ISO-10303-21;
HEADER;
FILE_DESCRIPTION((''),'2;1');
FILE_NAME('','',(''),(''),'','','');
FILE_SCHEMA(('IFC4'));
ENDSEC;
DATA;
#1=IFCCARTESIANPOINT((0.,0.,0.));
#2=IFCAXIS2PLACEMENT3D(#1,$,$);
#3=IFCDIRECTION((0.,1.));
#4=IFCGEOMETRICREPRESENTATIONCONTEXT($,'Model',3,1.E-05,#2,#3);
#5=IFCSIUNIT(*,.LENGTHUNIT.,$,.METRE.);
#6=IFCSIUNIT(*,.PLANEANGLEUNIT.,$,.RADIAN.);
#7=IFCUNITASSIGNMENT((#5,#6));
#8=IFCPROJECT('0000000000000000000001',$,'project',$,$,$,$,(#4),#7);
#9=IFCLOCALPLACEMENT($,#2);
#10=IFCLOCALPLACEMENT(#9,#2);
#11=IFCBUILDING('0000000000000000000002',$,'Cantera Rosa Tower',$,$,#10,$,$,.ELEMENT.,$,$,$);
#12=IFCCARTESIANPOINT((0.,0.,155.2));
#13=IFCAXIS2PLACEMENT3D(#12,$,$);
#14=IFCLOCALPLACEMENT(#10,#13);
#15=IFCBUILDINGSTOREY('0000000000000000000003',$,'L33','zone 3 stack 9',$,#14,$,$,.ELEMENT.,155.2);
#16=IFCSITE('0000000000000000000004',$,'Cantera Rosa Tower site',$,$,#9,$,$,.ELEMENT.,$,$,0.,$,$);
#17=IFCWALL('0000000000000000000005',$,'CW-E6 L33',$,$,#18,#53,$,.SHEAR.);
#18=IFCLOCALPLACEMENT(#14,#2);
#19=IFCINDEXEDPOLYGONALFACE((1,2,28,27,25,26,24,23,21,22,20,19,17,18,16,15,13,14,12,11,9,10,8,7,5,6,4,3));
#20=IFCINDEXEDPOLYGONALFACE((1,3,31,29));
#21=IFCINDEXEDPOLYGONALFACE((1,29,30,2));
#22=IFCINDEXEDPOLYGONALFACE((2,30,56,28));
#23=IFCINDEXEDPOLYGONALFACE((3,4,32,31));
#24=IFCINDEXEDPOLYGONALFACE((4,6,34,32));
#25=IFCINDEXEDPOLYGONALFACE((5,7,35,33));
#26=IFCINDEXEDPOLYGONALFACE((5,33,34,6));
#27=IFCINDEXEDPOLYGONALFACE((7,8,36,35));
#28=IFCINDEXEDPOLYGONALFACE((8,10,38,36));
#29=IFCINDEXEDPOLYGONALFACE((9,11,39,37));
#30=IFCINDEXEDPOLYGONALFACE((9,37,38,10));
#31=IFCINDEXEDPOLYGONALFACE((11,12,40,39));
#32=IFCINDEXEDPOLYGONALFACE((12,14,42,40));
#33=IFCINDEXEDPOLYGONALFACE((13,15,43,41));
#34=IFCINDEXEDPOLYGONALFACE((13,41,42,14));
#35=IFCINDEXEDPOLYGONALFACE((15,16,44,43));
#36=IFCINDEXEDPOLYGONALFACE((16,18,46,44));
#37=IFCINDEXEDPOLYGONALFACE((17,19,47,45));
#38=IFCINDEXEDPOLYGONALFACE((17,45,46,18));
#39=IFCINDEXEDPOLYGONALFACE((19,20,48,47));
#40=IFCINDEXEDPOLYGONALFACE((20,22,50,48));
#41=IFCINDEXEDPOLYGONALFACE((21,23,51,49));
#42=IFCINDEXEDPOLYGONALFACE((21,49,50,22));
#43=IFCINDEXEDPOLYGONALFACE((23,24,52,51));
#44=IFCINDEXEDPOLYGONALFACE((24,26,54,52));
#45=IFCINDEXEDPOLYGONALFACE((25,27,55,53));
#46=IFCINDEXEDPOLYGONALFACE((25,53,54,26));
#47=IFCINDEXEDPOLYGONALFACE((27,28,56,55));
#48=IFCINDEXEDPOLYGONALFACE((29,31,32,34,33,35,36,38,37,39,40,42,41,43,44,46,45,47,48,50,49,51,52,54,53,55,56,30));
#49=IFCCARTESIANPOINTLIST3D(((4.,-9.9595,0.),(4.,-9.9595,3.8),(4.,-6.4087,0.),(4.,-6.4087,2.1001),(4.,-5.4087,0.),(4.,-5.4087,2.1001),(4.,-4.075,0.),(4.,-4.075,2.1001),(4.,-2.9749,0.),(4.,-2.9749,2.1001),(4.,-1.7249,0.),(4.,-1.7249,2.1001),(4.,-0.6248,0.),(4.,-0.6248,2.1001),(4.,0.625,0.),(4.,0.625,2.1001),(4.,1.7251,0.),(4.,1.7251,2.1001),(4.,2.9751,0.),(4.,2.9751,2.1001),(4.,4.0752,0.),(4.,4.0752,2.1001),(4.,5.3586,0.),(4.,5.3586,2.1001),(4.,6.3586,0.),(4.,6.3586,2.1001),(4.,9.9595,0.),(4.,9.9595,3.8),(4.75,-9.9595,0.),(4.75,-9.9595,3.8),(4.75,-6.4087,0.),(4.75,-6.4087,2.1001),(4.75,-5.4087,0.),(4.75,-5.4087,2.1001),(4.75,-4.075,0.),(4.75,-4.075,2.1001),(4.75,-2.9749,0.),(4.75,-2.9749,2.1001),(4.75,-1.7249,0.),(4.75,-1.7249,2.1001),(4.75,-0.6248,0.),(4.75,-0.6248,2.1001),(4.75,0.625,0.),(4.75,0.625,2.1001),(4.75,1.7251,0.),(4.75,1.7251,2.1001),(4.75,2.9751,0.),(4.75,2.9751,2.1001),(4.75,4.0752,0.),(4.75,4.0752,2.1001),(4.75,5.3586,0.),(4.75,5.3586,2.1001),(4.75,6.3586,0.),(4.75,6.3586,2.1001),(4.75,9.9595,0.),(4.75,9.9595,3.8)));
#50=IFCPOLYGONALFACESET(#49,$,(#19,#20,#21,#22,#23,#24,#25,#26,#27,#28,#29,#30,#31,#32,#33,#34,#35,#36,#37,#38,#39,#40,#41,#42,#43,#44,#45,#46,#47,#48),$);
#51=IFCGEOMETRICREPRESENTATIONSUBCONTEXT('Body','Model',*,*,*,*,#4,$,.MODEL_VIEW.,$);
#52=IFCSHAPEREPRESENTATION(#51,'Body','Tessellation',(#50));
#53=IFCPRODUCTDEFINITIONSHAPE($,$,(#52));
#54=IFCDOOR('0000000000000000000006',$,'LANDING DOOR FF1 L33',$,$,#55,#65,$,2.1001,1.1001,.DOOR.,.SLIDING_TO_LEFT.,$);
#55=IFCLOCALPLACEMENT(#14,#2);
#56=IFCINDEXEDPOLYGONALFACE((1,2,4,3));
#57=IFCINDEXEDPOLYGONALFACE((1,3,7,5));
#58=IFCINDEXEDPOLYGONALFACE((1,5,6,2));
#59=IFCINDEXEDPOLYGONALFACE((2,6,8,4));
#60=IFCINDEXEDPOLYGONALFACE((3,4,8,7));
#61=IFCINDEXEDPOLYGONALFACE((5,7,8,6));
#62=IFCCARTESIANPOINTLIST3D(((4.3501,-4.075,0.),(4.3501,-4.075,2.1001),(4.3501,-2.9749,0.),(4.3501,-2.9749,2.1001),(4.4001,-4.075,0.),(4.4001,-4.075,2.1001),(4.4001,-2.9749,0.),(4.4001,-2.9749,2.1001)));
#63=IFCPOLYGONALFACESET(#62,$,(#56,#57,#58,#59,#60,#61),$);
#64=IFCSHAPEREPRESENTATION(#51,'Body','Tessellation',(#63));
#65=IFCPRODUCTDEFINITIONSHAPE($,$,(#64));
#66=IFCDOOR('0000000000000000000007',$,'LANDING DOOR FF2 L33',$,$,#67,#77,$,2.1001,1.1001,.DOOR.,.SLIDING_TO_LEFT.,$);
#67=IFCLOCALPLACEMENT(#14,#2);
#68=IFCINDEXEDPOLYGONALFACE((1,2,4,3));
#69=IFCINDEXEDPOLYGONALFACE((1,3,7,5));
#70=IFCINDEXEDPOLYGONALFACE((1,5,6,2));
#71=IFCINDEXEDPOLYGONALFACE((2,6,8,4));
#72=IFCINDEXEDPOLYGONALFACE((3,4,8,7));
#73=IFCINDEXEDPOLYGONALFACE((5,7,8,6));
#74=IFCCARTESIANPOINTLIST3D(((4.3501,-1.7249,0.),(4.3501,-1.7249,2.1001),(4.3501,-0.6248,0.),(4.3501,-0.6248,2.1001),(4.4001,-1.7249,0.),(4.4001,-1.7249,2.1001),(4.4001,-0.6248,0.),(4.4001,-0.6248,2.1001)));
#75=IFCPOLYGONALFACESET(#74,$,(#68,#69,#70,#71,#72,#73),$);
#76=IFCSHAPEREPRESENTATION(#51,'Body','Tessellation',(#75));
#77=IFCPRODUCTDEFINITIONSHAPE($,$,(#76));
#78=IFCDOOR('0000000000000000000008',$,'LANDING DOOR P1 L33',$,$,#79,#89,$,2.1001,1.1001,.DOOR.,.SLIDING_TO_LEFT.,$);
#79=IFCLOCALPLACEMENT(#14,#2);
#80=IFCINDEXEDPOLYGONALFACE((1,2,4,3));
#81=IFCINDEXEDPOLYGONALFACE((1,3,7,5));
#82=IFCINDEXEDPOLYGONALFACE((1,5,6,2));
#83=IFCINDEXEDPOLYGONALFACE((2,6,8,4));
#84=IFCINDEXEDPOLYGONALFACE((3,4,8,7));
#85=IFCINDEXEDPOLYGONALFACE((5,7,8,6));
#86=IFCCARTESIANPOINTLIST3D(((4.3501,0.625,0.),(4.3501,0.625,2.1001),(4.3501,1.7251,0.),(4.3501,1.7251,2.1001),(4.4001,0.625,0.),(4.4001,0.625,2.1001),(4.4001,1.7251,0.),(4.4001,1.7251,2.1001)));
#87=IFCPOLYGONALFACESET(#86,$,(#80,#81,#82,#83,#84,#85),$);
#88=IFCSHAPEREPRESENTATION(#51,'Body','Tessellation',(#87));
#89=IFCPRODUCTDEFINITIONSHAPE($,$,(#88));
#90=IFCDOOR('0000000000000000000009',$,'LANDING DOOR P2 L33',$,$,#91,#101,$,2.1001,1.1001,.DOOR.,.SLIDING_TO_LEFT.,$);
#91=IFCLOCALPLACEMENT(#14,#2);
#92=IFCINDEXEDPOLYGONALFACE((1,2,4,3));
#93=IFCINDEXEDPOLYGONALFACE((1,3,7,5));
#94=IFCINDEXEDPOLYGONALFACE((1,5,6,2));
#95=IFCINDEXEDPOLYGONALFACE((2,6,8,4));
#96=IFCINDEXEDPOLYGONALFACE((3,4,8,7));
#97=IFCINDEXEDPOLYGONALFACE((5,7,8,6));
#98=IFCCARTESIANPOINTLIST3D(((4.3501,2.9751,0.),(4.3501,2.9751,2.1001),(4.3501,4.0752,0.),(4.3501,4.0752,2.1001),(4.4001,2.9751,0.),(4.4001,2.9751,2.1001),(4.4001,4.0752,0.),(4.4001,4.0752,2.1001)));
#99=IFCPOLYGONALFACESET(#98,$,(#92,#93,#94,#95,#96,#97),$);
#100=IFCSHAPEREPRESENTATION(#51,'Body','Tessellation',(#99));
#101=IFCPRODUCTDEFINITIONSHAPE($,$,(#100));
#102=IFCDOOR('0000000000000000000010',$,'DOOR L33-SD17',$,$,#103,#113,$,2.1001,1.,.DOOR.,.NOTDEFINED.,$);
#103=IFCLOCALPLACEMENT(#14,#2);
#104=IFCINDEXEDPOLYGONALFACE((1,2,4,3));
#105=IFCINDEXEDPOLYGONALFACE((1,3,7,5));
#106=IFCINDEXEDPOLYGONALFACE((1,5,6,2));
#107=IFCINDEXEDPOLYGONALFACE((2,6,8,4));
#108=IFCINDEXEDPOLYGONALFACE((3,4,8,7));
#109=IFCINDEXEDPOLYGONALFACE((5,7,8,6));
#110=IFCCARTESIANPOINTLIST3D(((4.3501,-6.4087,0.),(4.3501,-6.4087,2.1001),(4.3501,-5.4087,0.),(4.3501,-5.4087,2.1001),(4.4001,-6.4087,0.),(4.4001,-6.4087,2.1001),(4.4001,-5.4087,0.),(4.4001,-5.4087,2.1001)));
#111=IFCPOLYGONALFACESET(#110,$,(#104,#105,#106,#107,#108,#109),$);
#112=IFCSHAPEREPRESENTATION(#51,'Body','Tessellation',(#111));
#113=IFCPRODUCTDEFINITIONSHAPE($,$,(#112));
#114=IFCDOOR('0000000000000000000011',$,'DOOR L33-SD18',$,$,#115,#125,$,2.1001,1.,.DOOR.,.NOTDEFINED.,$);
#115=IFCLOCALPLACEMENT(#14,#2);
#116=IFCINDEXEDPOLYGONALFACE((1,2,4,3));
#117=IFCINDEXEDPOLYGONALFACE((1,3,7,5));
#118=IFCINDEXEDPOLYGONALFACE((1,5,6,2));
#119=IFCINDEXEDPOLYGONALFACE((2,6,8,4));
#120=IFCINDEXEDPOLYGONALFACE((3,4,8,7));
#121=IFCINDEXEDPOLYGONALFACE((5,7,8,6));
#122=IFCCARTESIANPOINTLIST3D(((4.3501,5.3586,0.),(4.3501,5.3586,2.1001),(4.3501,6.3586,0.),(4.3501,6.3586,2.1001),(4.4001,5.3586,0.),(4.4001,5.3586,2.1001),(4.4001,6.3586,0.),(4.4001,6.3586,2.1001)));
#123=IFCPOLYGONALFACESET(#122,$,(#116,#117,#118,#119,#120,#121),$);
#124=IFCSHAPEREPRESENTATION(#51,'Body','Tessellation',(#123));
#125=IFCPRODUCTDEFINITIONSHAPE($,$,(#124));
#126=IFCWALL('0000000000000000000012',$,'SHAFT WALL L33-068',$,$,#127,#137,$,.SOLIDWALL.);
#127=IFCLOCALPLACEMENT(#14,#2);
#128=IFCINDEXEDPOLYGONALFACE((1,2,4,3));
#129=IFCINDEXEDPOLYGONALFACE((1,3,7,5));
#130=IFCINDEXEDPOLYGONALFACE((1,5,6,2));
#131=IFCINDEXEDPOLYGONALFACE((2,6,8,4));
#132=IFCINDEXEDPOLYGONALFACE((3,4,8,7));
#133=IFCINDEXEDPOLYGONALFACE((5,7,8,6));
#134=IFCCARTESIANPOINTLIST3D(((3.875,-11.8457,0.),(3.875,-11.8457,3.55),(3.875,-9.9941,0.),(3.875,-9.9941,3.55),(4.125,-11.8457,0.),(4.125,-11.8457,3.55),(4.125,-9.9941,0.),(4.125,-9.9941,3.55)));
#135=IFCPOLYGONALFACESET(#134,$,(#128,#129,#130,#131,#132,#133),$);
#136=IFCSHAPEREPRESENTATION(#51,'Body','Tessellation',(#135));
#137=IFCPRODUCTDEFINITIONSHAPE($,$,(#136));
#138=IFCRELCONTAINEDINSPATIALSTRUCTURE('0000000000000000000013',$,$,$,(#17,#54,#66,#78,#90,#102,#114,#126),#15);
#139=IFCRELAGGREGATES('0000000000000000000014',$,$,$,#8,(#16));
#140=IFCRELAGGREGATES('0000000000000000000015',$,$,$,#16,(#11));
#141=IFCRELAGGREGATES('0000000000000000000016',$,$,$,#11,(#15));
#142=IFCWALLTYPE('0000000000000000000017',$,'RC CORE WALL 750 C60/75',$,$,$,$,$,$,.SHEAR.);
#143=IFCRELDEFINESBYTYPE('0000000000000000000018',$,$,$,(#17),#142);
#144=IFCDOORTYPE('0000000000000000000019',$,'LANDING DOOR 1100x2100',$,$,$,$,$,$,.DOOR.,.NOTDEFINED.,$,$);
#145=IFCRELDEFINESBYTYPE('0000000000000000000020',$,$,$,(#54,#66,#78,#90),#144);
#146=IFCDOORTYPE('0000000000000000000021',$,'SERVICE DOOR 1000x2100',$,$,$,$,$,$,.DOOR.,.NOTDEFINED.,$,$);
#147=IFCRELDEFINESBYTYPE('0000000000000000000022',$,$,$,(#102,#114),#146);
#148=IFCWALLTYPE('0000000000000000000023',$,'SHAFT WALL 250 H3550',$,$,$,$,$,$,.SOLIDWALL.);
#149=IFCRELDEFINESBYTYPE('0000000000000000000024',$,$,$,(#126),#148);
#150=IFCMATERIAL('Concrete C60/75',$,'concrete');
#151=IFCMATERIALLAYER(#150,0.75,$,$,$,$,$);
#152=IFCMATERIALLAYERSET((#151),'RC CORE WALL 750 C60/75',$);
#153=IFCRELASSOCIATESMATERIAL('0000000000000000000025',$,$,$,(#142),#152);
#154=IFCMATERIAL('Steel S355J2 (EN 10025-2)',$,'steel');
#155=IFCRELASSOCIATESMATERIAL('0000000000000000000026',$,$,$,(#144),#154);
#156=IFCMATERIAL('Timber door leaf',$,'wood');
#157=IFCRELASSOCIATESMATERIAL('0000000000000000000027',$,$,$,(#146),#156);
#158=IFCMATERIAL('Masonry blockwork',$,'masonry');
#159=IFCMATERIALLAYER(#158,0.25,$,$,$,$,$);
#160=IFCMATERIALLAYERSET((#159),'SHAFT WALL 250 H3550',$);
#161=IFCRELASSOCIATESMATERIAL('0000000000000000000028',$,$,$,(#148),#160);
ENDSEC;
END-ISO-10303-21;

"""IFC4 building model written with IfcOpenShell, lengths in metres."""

from ifc_helpers import new_model, si_unit, direction, frame, frame_2d, origin, place, context, subcontext, project, spatial, rectangle, extrude, material, layer, layer_set, type_object, element, fill, save


model = new_model("IFC4")

# Units and contexts
model_context = context("Model", 3, precision=1e-05, world=origin(), true_north=direction((0.0, 1.0)))
body_context = subcontext(model_context, "Body", "Model", "MODEL_VIEW")
ifc_project = project(units=[si_unit("LENGTHUNIT", "METRE"), si_unit("PLANEANGLEUNIT", "RADIAN")], contexts=[model_context])

# Site, building, storey
site_placement = place(None, origin())
site = spatial("IfcSite", under=ifc_project, at=site_placement, Name="Cantera Rosa Tower site", CompositionType="ELEMENT", RefElevation=0.0)
building_placement = place(site_placement, origin())
building = spatial("IfcBuilding", under=site, at=building_placement, Name="Cantera Rosa Tower", CompositionType="ELEMENT")
storey_placement = place(building_placement, frame((0.0, 0.0, 155.2)))
storey = spatial("IfcBuildingStorey", under=building, at=storey_placement, Name="L33", Description="zone 3 stack 9", CompositionType="ELEMENT", Elevation=155.2)

# Shared definitions
ifc_material_1 = material(Name="Concrete C60/75", Category="concrete")
ifc_layer_1 = layer(ifc_material_1, 0.75)
ifc_layer_set_1 = layer_set([ifc_layer_1], Name="RC CORE WALL 750 C60/75")
wall_type_1 = type_object("IfcWallType", Name="RC CORE WALL 750 C60/75", PredefinedType="SHEAR", material=ifc_layer_set_1)

# Wall, openings, doors
wall_1_placement = place(storey_placement, frame((4.375, -9.9595, 0.0), z_axis=(0.0, 0.0, 1.0), x_axis=(0.0, 1.0, 0.0)))
wall_1 = element("IfcWall", 1, at=wall_1_placement, inside=storey, type_object=wall_type_1, Name="CW-E6 L33", PredefinedType="SHEAR", context=body_context, shape_type="SweptSolid", body=[
    extrude(rectangle(XDim=19.9189, YDim=0.75, at=frame_2d((9.9595, 0.0))), origin(), (0.0, 0.0, 1.0), 3.8),
])
opening_1_placement = place(wall_1_placement, frame((5.8845, 0.0, 0.0)))
opening_1 = element("IfcOpeningElement", 2, at=opening_1_placement, cuts=wall_1, PredefinedType="OPENING", context=body_context, shape_type="SweptSolid", body=[
    extrude(rectangle(XDim=1.1001, YDim=2.1001, at=frame_2d((0.55, 1.05))), frame((0.0, 0.385, 0.0), z_axis=(0.0, -1.0, 0.0), x_axis=(1.0, 0.0, 0.0)), (0.0, 0.0, 1.0), 0.77),
])
opening_2_placement = place(wall_1_placement, frame((8.2346, 0.0, 0.0)))
opening_2 = element("IfcOpeningElement", 3, at=opening_2_placement, cuts=wall_1, PredefinedType="OPENING", context=body_context, shape_type="SweptSolid", body=[
    extrude(rectangle(XDim=1.1001, YDim=2.1001, at=frame_2d((0.55, 1.05))), frame((0.0, 0.385, 0.0), z_axis=(0.0, -1.0, 0.0), x_axis=(1.0, 0.0, 0.0)), (0.0, 0.0, 1.0), 0.77),
])
opening_3_placement = place(wall_1_placement, frame((10.5845, 0.0, 0.0)))
opening_3 = element("IfcOpeningElement", 4, at=opening_3_placement, cuts=wall_1, PredefinedType="OPENING", context=body_context, shape_type="SweptSolid", body=[
    extrude(rectangle(XDim=1.1001, YDim=2.1001, at=frame_2d((0.55, 1.05))), frame((0.0, 0.385, 0.0), z_axis=(0.0, -1.0, 0.0), x_axis=(1.0, 0.0, 0.0)), (0.0, 0.0, 1.0), 0.77),
])
opening_4_placement = place(wall_1_placement, frame((12.9346, 0.0, 0.0)))
opening_4 = element("IfcOpeningElement", 5, at=opening_4_placement, cuts=wall_1, PredefinedType="OPENING", context=body_context, shape_type="SweptSolid", body=[
    extrude(rectangle(XDim=1.1001, YDim=2.1001, at=frame_2d((0.55, 1.05))), frame((0.0, 0.385, 0.0), z_axis=(0.0, -1.0, 0.0), x_axis=(1.0, 0.0, 0.0)), (0.0, 0.0, 1.0), 0.77),
])
opening_5_placement = place(wall_1_placement, frame((3.5508, 0.0, 0.0)))
opening_5 = element("IfcOpeningElement", 6, at=opening_5_placement, cuts=wall_1, PredefinedType="OPENING", context=body_context, shape_type="SweptSolid", body=[
    extrude(rectangle(XDim=1.0, YDim=2.1001, at=frame_2d((0.5, 1.05))), frame((0.0, 0.385, 0.0), z_axis=(0.0, -1.0, 0.0), x_axis=(1.0, 0.0, 0.0)), (0.0, 0.0, 1.0), 0.77),
])
opening_6_placement = place(wall_1_placement, frame((15.3181, 0.0, 0.0)))
opening_6 = element("IfcOpeningElement", 7, at=opening_6_placement, cuts=wall_1, PredefinedType="OPENING", context=body_context, shape_type="SweptSolid", body=[
    extrude(rectangle(XDim=1.0, YDim=2.1001, at=frame_2d((0.5, 1.05))), frame((0.0, 0.385, 0.0), z_axis=(0.0, -1.0, 0.0), x_axis=(1.0, 0.0, 0.0)), (0.0, 0.0, 1.0), 0.77),
])
ifc_material_2 = material(Name="Steel S355J2 (EN 10025-2)", Category="steel")
door_type_1 = type_object("IfcDoorType", Name="LANDING DOOR 1100x2100", OperationType="NOTDEFINED", PredefinedType="DOOR", material=ifc_material_2)
door_1_placement = place(opening_1_placement, origin())
door_1 = element("IfcDoor", 8, at=door_1_placement, inside=storey, type_object=door_type_1, Name="LANDING DOOR FF1 L33", OperationType="SLIDING_TO_LEFT", OverallHeight=2.1001, OverallWidth=1.1001, PredefinedType="DOOR", context=body_context, shape_type="SweptSolid", body=[
    extrude(rectangle(XDim=1.1001, YDim=2.1001, at=frame_2d((0.55, 1.05))), frame((0.0, 0.0249, 0.0), z_axis=(0.0, -1.0, 0.0), x_axis=(1.0, 0.0, 0.0)), (0.0, 0.0, 1.0), 0.05),
])
fill(opening_1, door_1)
door_2_placement = place(opening_2_placement, origin())
door_2 = element("IfcDoor", 9, at=door_2_placement, inside=storey, type_object=door_type_1, Name="LANDING DOOR FF2 L33", OperationType="SLIDING_TO_LEFT", OverallHeight=2.1001, OverallWidth=1.1001, PredefinedType="DOOR", context=body_context, shape_type="SweptSolid", body=[
    extrude(rectangle(XDim=1.1001, YDim=2.1001, at=frame_2d((0.55, 1.05))), frame((0.0, 0.0249, 0.0), z_axis=(0.0, -1.0, 0.0), x_axis=(1.0, 0.0, 0.0)), (0.0, 0.0, 1.0), 0.05),
])
fill(opening_2, door_2)
door_3_placement = place(opening_3_placement, origin())
door_3 = element("IfcDoor", 10, at=door_3_placement, inside=storey, type_object=door_type_1, Name="LANDING DOOR P1 L33", OperationType="SLIDING_TO_LEFT", OverallHeight=2.1001, OverallWidth=1.1001, PredefinedType="DOOR", context=body_context, shape_type="SweptSolid", body=[
    extrude(rectangle(XDim=1.1001, YDim=2.1001, at=frame_2d((0.55, 1.05))), frame((0.0, 0.0249, 0.0), z_axis=(0.0, -1.0, 0.0), x_axis=(1.0, 0.0, 0.0)), (0.0, 0.0, 1.0), 0.05),
])
fill(opening_3, door_3)
door_4_placement = place(opening_4_placement, origin())
door_4 = element("IfcDoor", 11, at=door_4_placement, inside=storey, type_object=door_type_1, Name="LANDING DOOR P2 L33", OperationType="SLIDING_TO_LEFT", OverallHeight=2.1001, OverallWidth=1.1001, PredefinedType="DOOR", context=body_context, shape_type="SweptSolid", body=[
    extrude(rectangle(XDim=1.1001, YDim=2.1001, at=frame_2d((0.55, 1.05))), frame((0.0, 0.0249, 0.0), z_axis=(0.0, -1.0, 0.0), x_axis=(1.0, 0.0, 0.0)), (0.0, 0.0, 1.0), 0.05),
])
fill(opening_4, door_4)
ifc_material_3 = material(Name="Timber door leaf", Category="wood")
door_type_2 = type_object("IfcDoorType", Name="SERVICE DOOR 1000x2100", OperationType="NOTDEFINED", PredefinedType="DOOR", material=ifc_material_3)
door_5_placement = place(opening_5_placement, origin())
door_5 = element("IfcDoor", 12, at=door_5_placement, inside=storey, type_object=door_type_2, Name="DOOR L33-SD17", OperationType="NOTDEFINED", OverallHeight=2.1001, OverallWidth=1.0, PredefinedType="DOOR", context=body_context, shape_type="SweptSolid", body=[
    extrude(rectangle(XDim=1.0, YDim=2.1001, at=frame_2d((0.5, 1.05))), frame((0.0, 0.0249, 0.0), z_axis=(0.0, -1.0, 0.0), x_axis=(1.0, 0.0, 0.0)), (0.0, 0.0, 1.0), 0.05),
])
fill(opening_5, door_5)
door_6_placement = place(opening_6_placement, origin())
door_6 = element("IfcDoor", 13, at=door_6_placement, inside=storey, type_object=door_type_2, Name="DOOR L33-SD18", OperationType="NOTDEFINED", OverallHeight=2.1001, OverallWidth=1.0, PredefinedType="DOOR", context=body_context, shape_type="SweptSolid", body=[
    extrude(rectangle(XDim=1.0, YDim=2.1001, at=frame_2d((0.5, 1.05))), frame((0.0, 0.0249, 0.0), z_axis=(0.0, -1.0, 0.0), x_axis=(1.0, 0.0, 0.0)), (0.0, 0.0, 1.0), 0.05),
])
fill(opening_6, door_6)

# Wall
ifc_material_4 = material(Name="Masonry blockwork", Category="masonry")
ifc_layer_2 = layer(ifc_material_4, 0.25)
ifc_layer_set_2 = layer_set([ifc_layer_2], Name="SHAFT WALL 250 H3550")
wall_type_2 = type_object("IfcWallType", Name="SHAFT WALL 250 H3550", PredefinedType="SOLIDWALL", material=ifc_layer_set_2)
wall_2_placement = place(storey_placement, frame((4.0, -11.8457, 0.0), z_axis=(0.0, 0.0, 1.0), x_axis=(0.0, 1.0, 0.0)))
element("IfcWall", 14, at=wall_2_placement, inside=storey, type_object=wall_type_2, Name="SHAFT WALL L33-068", PredefinedType="SOLIDWALL", context=body_context, shape_type="SweptSolid", body=[
    extrude(rectangle(XDim=1.8516, YDim=0.25, at=frame_2d((0.9258, 0.0))), origin(), (0.0, 0.0, 1.0), 3.55),
])

save(model, "model.ifc")
